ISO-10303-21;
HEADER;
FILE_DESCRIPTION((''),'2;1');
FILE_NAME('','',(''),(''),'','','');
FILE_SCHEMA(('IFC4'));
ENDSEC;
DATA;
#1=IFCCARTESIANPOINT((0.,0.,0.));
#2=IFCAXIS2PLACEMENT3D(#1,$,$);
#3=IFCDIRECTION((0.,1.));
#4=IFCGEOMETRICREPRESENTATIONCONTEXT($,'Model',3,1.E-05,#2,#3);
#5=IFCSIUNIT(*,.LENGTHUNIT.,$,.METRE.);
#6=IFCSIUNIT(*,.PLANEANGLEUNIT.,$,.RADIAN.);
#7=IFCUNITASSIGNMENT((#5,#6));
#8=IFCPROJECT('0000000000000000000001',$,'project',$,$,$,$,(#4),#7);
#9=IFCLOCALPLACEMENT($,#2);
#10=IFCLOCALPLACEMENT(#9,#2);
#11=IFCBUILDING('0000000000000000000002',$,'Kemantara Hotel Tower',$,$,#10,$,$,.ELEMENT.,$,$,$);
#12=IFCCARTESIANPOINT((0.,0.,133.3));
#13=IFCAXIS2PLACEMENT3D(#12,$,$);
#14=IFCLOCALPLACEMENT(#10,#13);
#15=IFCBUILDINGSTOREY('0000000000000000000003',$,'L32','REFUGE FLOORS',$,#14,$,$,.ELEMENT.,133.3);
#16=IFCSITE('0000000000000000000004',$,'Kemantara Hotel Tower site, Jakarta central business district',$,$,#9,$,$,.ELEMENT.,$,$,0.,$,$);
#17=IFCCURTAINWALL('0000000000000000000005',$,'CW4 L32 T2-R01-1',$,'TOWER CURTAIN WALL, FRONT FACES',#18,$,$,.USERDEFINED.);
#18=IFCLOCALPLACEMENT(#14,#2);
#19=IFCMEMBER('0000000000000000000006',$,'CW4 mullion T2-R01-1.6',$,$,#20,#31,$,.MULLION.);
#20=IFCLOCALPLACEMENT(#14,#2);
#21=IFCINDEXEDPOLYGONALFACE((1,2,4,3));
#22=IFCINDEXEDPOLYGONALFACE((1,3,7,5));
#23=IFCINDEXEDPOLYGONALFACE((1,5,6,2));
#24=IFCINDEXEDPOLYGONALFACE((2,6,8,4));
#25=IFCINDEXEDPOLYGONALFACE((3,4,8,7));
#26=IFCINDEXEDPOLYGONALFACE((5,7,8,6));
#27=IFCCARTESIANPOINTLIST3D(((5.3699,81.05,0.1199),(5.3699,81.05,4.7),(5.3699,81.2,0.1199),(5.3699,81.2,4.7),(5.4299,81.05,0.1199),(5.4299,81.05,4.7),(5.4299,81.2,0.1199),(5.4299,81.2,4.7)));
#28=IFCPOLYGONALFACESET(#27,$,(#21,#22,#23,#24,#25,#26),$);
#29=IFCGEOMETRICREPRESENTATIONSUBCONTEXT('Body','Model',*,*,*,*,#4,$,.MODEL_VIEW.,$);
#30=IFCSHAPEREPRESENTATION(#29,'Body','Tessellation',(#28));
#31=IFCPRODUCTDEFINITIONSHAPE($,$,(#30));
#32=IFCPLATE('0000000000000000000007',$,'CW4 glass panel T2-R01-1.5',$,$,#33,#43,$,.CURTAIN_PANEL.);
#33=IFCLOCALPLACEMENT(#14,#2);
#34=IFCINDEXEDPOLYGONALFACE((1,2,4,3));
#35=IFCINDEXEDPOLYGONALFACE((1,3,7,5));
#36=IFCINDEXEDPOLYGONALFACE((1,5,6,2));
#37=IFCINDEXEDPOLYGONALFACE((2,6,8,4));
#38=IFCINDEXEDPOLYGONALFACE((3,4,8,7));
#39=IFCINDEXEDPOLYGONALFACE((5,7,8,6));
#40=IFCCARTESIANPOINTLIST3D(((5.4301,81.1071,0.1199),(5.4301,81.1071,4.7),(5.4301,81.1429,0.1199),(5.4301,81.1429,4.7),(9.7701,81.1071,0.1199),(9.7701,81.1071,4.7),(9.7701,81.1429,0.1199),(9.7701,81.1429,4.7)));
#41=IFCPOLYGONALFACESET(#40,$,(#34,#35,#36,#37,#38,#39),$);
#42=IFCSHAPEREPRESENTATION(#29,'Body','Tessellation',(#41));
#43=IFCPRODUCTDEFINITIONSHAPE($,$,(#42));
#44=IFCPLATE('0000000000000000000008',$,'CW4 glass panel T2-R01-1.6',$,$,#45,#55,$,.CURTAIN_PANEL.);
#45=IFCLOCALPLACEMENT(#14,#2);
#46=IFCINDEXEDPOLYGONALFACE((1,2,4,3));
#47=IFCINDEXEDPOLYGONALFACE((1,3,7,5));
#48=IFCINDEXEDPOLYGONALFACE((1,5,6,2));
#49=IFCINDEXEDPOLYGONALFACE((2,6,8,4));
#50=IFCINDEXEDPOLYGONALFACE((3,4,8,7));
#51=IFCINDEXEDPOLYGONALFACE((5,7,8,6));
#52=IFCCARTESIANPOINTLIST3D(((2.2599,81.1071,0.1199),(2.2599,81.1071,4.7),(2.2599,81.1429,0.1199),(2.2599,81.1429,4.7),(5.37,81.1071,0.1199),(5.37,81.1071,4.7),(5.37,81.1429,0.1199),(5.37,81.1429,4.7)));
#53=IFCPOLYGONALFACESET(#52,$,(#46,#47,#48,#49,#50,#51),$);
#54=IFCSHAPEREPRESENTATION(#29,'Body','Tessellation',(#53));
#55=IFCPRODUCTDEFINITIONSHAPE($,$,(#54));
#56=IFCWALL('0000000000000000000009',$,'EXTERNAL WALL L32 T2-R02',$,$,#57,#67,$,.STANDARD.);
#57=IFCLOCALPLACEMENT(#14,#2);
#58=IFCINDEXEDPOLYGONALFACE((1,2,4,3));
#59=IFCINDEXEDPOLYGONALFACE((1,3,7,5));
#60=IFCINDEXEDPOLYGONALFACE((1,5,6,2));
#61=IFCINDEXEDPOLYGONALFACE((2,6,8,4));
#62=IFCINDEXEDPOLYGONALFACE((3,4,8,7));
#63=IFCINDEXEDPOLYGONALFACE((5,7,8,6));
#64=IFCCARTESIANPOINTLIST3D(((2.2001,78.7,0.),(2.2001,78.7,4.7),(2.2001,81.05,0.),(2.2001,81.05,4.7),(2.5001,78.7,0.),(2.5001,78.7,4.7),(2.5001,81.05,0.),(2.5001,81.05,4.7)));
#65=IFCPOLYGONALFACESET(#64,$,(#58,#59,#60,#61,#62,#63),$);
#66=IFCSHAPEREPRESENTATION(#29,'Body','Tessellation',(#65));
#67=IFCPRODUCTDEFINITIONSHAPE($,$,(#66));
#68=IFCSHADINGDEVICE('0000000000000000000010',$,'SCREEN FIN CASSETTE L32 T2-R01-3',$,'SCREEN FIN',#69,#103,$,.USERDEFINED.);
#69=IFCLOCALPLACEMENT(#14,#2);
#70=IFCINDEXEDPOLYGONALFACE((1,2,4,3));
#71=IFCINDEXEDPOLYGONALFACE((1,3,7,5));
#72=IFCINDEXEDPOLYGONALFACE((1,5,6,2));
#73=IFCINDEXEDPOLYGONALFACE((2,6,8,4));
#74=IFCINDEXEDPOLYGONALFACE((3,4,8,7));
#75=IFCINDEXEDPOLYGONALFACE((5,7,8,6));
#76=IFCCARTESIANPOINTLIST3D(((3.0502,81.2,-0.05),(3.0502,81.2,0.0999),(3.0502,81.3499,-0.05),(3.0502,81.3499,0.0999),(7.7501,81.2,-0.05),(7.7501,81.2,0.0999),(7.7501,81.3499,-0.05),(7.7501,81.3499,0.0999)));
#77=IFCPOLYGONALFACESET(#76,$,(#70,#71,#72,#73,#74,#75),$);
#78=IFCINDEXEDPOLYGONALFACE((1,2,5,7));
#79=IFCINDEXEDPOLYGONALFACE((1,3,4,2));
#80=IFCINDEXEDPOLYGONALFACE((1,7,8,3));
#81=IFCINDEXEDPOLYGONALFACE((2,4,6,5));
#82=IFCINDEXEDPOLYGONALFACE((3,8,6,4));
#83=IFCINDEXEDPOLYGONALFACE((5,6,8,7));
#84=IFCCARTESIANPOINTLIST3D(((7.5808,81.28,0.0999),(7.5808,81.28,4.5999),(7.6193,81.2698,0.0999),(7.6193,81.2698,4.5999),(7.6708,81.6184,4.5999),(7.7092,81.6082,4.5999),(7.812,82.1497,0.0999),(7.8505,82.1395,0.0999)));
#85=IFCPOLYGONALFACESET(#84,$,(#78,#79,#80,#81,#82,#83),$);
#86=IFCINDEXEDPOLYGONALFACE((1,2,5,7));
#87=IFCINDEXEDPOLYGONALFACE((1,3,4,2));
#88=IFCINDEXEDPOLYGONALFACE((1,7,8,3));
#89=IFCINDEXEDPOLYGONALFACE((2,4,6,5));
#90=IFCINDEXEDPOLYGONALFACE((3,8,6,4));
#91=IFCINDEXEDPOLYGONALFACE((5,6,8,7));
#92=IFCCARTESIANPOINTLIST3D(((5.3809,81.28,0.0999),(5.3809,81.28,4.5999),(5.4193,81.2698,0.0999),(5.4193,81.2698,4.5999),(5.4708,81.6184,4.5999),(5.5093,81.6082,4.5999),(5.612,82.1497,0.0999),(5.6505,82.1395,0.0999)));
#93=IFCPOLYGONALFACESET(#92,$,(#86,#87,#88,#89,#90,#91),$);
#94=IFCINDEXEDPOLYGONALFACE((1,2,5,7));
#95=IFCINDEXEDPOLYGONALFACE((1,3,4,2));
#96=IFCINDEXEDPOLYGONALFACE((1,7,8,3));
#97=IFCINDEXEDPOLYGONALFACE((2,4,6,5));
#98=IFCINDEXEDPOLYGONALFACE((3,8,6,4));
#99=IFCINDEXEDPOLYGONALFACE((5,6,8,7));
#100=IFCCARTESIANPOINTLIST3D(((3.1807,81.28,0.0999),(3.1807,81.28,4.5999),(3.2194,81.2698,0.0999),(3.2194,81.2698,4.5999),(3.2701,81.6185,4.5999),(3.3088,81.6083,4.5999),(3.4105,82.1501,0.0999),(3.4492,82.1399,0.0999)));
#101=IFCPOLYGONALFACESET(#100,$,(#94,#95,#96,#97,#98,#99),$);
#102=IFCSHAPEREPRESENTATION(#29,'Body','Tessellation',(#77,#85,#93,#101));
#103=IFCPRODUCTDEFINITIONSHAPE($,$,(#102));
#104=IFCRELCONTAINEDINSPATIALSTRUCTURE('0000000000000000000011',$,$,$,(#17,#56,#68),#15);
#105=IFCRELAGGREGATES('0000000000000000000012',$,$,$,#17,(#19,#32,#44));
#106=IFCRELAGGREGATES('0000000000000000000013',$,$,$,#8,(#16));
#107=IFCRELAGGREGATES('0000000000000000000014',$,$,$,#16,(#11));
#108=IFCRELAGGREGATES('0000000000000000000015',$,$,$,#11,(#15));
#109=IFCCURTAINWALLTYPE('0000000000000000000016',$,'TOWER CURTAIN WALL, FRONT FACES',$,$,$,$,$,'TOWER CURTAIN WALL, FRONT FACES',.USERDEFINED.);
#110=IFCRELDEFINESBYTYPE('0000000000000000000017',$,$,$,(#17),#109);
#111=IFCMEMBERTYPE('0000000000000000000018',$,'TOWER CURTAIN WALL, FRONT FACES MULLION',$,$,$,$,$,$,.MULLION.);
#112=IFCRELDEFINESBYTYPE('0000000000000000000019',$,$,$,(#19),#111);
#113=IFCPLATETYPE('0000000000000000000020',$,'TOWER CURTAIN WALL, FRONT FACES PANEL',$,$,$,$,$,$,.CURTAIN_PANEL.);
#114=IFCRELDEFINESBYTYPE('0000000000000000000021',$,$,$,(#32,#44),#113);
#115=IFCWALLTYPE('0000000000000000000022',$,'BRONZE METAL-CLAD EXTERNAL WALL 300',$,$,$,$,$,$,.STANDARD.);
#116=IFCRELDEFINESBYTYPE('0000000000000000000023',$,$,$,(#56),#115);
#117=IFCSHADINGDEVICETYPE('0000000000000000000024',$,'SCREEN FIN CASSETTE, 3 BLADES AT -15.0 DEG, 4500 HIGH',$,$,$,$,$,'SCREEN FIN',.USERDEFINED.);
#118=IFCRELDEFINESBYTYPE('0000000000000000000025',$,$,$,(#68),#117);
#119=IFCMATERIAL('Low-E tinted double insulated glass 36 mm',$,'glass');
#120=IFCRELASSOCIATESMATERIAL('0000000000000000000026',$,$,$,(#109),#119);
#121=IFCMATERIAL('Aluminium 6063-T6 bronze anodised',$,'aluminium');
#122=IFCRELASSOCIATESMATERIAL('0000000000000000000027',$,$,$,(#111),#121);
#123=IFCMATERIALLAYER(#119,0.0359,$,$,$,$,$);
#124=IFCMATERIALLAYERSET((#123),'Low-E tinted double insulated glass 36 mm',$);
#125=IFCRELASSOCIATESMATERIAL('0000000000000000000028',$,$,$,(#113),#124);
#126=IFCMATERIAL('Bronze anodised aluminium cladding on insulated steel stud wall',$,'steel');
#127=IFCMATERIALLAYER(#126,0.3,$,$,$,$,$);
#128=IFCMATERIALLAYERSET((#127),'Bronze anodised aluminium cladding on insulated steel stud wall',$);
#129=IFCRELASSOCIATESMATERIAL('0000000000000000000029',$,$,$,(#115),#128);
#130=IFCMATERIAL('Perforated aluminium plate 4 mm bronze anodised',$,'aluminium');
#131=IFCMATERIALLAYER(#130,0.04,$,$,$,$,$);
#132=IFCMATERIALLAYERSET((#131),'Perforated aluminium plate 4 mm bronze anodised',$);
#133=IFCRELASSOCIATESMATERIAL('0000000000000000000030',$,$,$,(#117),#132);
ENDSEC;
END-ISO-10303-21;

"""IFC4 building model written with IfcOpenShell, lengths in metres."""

from ifc_helpers import new_model, si_unit, direction, frame, frame_2d, origin, origin_2d, place, context, subcontext, project, spatial, polyline, rectangle, outline, extrude, source, transform, mapped, material, layer, layer_set, material_profile, profile_set, type_object, element, aggregate, save


model = new_model("IFC4")

# Units and contexts
model_context = context("Model", 3, precision=1e-05, world=origin(), true_north=direction((0.0, 1.0)))
body_context = subcontext(model_context, "Body", "Model", "MODEL_VIEW")
ifc_project = project(units=[si_unit("LENGTHUNIT", "METRE"), si_unit("PLANEANGLEUNIT", "RADIAN")], contexts=[model_context])

# Site, building, storey
site_placement = place(None, origin())
site = spatial("IfcSite", under=ifc_project, at=site_placement, Name="Kemantara Hotel Tower site, Jakarta central business district", CompositionType="ELEMENT", RefElevation=0.0)
building_placement = place(site_placement, origin())
building = spatial("IfcBuilding", under=site, at=building_placement, Name="Kemantara Hotel Tower", CompositionType="ELEMENT")
storey_placement = place(building_placement, frame((0.0, 0.0, 133.3)))
storey = spatial("IfcBuildingStorey", under=building, at=storey_placement, Name="L32", Description="REFUGE FLOORS", CompositionType="ELEMENT", Elevation=133.3)

# Curtain wall, member, plates
ifc_material_1 = material(Name="Low-E tinted double insulated glass 36 mm", Category="glass")
curtain_wall_type = type_object("IfcCurtainWallType", Name="TOWER CURTAIN WALL, FRONT FACES", ElementType="TOWER CURTAIN WALL, FRONT FACES", PredefinedType="USERDEFINED", material=ifc_material_1)
curtain_wall_placement = place(storey_placement, origin())
curtain_wall = element("IfcCurtainWall", 1, at=curtain_wall_placement, inside=storey, type_object=curtain_wall_type, Name="CW4 L32 T2-R01-1", ObjectType="TOWER CURTAIN WALL, FRONT FACES", PredefinedType="USERDEFINED")
ifc_material_2 = material(Name="Aluminium 6063-T6 bronze anodised", Category="aluminium")
ifc_material_profile = material_profile(ifc_material_2, rectangle(XDim=0.1499, YDim=0.0601, at=origin_2d()), Name="TOWER CURTAIN WALL, FRONT FACES MULLION")
ifc_profile_set = profile_set([ifc_material_profile], Name="Aluminium 6063-T6 bronze anodised")
member_type = type_object("IfcMemberType", Name="TOWER CURTAIN WALL, FRONT FACES MULLION", PredefinedType="MULLION", material=ifc_profile_set)
shared_shape_1 = source(origin(), body_context, "Body", "SweptSolid", [
    extrude(rectangle(XDim=0.1499, YDim=0.0601, at=origin_2d()), origin(), (0.0, 0.0, 1.0), 4.5801),
])
member_placement = place(storey_placement, frame((5.3999, 81.125, 0.1199), z_axis=(0.0, 0.0, 1.0), x_axis=(0.0, -1.0, 0.0)))
member = element("IfcMember", 2, at=member_placement, type_object=member_type, Name="CW4 mullion T2-R01-1.6", PredefinedType="MULLION", context=body_context, shape_type="MappedRepresentation", body=[
    mapped(shared_shape_1, transform((0.0, 0.0, 0.0))),
])
ifc_layer_1 = layer(ifc_material_1, 0.0359)
ifc_layer_set_1 = layer_set([ifc_layer_1], Name="Low-E tinted double insulated glass 36 mm")
plate_type = type_object("IfcPlateType", Name="TOWER CURTAIN WALL, FRONT FACES PANEL", PredefinedType="CURTAIN_PANEL", material=ifc_layer_set_1)
shared_shape_2 = source(origin(), body_context, "Body", "SweptSolid", [
    extrude(rectangle(XDim=4.3401, YDim=0.0359, at=origin_2d()), origin(), (0.0, 0.0, 1.0), 4.5801),
])
plate_1_placement = place(storey_placement, frame((7.6001, 81.125, 0.1199), z_axis=(0.0, 0.0, 1.0), x_axis=(-1.0, 0.0, 0.0)))
plate_1 = element("IfcPlate", 3, at=plate_1_placement, type_object=plate_type, Name="CW4 glass panel T2-R01-1.5", PredefinedType="CURTAIN_PANEL", context=body_context, shape_type="MappedRepresentation", body=[
    mapped(shared_shape_2, transform((0.0, 0.0, 0.0))),
])
shared_shape_3 = source(origin(), body_context, "Body", "SweptSolid", [
    extrude(rectangle(XDim=3.1101, YDim=0.0359, at=origin_2d()), origin(), (0.0, 0.0, 1.0), 4.5801),
])
plate_2_placement = place(storey_placement, frame((3.8149, 81.125, 0.1199), z_axis=(0.0, 0.0, 1.0), x_axis=(-1.0, 0.0, 0.0)))
plate_2 = element("IfcPlate", 4, at=plate_2_placement, type_object=plate_type, Name="CW4 glass panel T2-R01-1.6", PredefinedType="CURTAIN_PANEL", context=body_context, shape_type="MappedRepresentation", body=[
    mapped(shared_shape_3, transform((0.0, 0.0, 0.0))),
])
aggregate(curtain_wall, [member, plate_1, plate_2])

# Wall
ifc_material_3 = material(Name="Bronze anodised aluminium cladding on insulated steel stud wall", Category="steel")
ifc_layer_2 = layer(ifc_material_3, 0.3)
ifc_layer_set_2 = layer_set([ifc_layer_2], Name="Bronze anodised aluminium cladding on insulated steel stud wall")
wall_type = type_object("IfcWallType", Name="BRONZE METAL-CLAD EXTERNAL WALL 300", PredefinedType="STANDARD", material=ifc_layer_set_2)
wall_placement = place(storey_placement, frame((2.3501, 81.05, 0.0), z_axis=(0.0, 0.0, 1.0), x_axis=(0.0, -1.0, 0.0)))
element("IfcWall", 5, at=wall_placement, inside=storey, type_object=wall_type, Name="EXTERNAL WALL L32 T2-R02", PredefinedType="STANDARD", context=body_context, shape_type="SweptSolid", body=[
    extrude(rectangle(XDim=2.3501, YDim=0.3, at=frame_2d((1.175, 0.0))), origin(), (0.0, 0.0, 1.0), 4.7),
])

# Shading device
ifc_material_4 = material(Name="Perforated aluminium plate 4 mm bronze anodised", Category="aluminium")
ifc_layer_3 = layer(ifc_material_4, 0.04)
ifc_layer_set_3 = layer_set([ifc_layer_3], Name="Perforated aluminium plate 4 mm bronze anodised")
shading_device_type = type_object("IfcShadingDeviceType", Name="SCREEN FIN CASSETTE, 3 BLADES AT -15.0 DEG, 4500 HIGH", ElementType="SCREEN FIN", PredefinedType="USERDEFINED", material=ifc_layer_set_3)
shared_shape_4 = source(origin(), body_context, "Body", "SweptSolid", [
    extrude(rectangle(XDim=4.7, YDim=0.1499, at=origin_2d()), frame((2.2, -0.075, -0.1499), z_axis=(0.0, 0.0, 1.0), x_axis=(1.0, 0.0, 0.0)), (0.0, 0.0, 1.0), 0.1499),
    extrude(outline(polyline([(0.0, 0.0), (0.8999, 0.0), (0.3501, 4.5), (0.0, 4.5), (0.0, 0.0)])), frame((0.0193, -0.0801, 0.0), z_axis=(-0.966438, 0.256901, 0.0), x_axis=(-0.256901, -0.966438, 0.0)), (0.0, 0.0, 1.0), 0.0398),
    extrude(outline(polyline([(0.0, 0.0), (0.8999, 0.0), (0.3501, 4.5), (0.0, 4.5), (0.0, 0.0)])), frame((2.2192, -0.0801, 0.0), z_axis=(-0.966438, 0.256901, 0.0), x_axis=(-0.256901, -0.966438, 0.0)), (0.0, 0.0, 1.0), 0.0398),
    extrude(outline(polyline([(0.0, 0.0), (0.8999, 0.0), (0.3501, 4.5), (0.0, 4.5), (0.0, 0.0)])), frame((4.4194, -0.0801, 0.0), z_axis=(-0.966838, 0.255391, 0.0), x_axis=(-0.255391, -0.966838, 0.0)), (0.0, 0.0, 1.0), 0.04),
])
shading_device_placement = place(storey_placement, frame((7.6001, 81.2, 0.0999), z_axis=(0.0, 0.0, 1.0), x_axis=(-1.0, 0.0, 0.0)))
element("IfcShadingDevice", 6, at=shading_device_placement, inside=storey, type_object=shading_device_type, Name="SCREEN FIN CASSETTE L32 T2-R01-3", ObjectType="SCREEN FIN", PredefinedType="USERDEFINED", context=body_context, shape_type="MappedRepresentation", body=[
    mapped(shared_shape_4, transform((0.0, 0.0, 0.0))),
])

save(model, "model.ifc")
